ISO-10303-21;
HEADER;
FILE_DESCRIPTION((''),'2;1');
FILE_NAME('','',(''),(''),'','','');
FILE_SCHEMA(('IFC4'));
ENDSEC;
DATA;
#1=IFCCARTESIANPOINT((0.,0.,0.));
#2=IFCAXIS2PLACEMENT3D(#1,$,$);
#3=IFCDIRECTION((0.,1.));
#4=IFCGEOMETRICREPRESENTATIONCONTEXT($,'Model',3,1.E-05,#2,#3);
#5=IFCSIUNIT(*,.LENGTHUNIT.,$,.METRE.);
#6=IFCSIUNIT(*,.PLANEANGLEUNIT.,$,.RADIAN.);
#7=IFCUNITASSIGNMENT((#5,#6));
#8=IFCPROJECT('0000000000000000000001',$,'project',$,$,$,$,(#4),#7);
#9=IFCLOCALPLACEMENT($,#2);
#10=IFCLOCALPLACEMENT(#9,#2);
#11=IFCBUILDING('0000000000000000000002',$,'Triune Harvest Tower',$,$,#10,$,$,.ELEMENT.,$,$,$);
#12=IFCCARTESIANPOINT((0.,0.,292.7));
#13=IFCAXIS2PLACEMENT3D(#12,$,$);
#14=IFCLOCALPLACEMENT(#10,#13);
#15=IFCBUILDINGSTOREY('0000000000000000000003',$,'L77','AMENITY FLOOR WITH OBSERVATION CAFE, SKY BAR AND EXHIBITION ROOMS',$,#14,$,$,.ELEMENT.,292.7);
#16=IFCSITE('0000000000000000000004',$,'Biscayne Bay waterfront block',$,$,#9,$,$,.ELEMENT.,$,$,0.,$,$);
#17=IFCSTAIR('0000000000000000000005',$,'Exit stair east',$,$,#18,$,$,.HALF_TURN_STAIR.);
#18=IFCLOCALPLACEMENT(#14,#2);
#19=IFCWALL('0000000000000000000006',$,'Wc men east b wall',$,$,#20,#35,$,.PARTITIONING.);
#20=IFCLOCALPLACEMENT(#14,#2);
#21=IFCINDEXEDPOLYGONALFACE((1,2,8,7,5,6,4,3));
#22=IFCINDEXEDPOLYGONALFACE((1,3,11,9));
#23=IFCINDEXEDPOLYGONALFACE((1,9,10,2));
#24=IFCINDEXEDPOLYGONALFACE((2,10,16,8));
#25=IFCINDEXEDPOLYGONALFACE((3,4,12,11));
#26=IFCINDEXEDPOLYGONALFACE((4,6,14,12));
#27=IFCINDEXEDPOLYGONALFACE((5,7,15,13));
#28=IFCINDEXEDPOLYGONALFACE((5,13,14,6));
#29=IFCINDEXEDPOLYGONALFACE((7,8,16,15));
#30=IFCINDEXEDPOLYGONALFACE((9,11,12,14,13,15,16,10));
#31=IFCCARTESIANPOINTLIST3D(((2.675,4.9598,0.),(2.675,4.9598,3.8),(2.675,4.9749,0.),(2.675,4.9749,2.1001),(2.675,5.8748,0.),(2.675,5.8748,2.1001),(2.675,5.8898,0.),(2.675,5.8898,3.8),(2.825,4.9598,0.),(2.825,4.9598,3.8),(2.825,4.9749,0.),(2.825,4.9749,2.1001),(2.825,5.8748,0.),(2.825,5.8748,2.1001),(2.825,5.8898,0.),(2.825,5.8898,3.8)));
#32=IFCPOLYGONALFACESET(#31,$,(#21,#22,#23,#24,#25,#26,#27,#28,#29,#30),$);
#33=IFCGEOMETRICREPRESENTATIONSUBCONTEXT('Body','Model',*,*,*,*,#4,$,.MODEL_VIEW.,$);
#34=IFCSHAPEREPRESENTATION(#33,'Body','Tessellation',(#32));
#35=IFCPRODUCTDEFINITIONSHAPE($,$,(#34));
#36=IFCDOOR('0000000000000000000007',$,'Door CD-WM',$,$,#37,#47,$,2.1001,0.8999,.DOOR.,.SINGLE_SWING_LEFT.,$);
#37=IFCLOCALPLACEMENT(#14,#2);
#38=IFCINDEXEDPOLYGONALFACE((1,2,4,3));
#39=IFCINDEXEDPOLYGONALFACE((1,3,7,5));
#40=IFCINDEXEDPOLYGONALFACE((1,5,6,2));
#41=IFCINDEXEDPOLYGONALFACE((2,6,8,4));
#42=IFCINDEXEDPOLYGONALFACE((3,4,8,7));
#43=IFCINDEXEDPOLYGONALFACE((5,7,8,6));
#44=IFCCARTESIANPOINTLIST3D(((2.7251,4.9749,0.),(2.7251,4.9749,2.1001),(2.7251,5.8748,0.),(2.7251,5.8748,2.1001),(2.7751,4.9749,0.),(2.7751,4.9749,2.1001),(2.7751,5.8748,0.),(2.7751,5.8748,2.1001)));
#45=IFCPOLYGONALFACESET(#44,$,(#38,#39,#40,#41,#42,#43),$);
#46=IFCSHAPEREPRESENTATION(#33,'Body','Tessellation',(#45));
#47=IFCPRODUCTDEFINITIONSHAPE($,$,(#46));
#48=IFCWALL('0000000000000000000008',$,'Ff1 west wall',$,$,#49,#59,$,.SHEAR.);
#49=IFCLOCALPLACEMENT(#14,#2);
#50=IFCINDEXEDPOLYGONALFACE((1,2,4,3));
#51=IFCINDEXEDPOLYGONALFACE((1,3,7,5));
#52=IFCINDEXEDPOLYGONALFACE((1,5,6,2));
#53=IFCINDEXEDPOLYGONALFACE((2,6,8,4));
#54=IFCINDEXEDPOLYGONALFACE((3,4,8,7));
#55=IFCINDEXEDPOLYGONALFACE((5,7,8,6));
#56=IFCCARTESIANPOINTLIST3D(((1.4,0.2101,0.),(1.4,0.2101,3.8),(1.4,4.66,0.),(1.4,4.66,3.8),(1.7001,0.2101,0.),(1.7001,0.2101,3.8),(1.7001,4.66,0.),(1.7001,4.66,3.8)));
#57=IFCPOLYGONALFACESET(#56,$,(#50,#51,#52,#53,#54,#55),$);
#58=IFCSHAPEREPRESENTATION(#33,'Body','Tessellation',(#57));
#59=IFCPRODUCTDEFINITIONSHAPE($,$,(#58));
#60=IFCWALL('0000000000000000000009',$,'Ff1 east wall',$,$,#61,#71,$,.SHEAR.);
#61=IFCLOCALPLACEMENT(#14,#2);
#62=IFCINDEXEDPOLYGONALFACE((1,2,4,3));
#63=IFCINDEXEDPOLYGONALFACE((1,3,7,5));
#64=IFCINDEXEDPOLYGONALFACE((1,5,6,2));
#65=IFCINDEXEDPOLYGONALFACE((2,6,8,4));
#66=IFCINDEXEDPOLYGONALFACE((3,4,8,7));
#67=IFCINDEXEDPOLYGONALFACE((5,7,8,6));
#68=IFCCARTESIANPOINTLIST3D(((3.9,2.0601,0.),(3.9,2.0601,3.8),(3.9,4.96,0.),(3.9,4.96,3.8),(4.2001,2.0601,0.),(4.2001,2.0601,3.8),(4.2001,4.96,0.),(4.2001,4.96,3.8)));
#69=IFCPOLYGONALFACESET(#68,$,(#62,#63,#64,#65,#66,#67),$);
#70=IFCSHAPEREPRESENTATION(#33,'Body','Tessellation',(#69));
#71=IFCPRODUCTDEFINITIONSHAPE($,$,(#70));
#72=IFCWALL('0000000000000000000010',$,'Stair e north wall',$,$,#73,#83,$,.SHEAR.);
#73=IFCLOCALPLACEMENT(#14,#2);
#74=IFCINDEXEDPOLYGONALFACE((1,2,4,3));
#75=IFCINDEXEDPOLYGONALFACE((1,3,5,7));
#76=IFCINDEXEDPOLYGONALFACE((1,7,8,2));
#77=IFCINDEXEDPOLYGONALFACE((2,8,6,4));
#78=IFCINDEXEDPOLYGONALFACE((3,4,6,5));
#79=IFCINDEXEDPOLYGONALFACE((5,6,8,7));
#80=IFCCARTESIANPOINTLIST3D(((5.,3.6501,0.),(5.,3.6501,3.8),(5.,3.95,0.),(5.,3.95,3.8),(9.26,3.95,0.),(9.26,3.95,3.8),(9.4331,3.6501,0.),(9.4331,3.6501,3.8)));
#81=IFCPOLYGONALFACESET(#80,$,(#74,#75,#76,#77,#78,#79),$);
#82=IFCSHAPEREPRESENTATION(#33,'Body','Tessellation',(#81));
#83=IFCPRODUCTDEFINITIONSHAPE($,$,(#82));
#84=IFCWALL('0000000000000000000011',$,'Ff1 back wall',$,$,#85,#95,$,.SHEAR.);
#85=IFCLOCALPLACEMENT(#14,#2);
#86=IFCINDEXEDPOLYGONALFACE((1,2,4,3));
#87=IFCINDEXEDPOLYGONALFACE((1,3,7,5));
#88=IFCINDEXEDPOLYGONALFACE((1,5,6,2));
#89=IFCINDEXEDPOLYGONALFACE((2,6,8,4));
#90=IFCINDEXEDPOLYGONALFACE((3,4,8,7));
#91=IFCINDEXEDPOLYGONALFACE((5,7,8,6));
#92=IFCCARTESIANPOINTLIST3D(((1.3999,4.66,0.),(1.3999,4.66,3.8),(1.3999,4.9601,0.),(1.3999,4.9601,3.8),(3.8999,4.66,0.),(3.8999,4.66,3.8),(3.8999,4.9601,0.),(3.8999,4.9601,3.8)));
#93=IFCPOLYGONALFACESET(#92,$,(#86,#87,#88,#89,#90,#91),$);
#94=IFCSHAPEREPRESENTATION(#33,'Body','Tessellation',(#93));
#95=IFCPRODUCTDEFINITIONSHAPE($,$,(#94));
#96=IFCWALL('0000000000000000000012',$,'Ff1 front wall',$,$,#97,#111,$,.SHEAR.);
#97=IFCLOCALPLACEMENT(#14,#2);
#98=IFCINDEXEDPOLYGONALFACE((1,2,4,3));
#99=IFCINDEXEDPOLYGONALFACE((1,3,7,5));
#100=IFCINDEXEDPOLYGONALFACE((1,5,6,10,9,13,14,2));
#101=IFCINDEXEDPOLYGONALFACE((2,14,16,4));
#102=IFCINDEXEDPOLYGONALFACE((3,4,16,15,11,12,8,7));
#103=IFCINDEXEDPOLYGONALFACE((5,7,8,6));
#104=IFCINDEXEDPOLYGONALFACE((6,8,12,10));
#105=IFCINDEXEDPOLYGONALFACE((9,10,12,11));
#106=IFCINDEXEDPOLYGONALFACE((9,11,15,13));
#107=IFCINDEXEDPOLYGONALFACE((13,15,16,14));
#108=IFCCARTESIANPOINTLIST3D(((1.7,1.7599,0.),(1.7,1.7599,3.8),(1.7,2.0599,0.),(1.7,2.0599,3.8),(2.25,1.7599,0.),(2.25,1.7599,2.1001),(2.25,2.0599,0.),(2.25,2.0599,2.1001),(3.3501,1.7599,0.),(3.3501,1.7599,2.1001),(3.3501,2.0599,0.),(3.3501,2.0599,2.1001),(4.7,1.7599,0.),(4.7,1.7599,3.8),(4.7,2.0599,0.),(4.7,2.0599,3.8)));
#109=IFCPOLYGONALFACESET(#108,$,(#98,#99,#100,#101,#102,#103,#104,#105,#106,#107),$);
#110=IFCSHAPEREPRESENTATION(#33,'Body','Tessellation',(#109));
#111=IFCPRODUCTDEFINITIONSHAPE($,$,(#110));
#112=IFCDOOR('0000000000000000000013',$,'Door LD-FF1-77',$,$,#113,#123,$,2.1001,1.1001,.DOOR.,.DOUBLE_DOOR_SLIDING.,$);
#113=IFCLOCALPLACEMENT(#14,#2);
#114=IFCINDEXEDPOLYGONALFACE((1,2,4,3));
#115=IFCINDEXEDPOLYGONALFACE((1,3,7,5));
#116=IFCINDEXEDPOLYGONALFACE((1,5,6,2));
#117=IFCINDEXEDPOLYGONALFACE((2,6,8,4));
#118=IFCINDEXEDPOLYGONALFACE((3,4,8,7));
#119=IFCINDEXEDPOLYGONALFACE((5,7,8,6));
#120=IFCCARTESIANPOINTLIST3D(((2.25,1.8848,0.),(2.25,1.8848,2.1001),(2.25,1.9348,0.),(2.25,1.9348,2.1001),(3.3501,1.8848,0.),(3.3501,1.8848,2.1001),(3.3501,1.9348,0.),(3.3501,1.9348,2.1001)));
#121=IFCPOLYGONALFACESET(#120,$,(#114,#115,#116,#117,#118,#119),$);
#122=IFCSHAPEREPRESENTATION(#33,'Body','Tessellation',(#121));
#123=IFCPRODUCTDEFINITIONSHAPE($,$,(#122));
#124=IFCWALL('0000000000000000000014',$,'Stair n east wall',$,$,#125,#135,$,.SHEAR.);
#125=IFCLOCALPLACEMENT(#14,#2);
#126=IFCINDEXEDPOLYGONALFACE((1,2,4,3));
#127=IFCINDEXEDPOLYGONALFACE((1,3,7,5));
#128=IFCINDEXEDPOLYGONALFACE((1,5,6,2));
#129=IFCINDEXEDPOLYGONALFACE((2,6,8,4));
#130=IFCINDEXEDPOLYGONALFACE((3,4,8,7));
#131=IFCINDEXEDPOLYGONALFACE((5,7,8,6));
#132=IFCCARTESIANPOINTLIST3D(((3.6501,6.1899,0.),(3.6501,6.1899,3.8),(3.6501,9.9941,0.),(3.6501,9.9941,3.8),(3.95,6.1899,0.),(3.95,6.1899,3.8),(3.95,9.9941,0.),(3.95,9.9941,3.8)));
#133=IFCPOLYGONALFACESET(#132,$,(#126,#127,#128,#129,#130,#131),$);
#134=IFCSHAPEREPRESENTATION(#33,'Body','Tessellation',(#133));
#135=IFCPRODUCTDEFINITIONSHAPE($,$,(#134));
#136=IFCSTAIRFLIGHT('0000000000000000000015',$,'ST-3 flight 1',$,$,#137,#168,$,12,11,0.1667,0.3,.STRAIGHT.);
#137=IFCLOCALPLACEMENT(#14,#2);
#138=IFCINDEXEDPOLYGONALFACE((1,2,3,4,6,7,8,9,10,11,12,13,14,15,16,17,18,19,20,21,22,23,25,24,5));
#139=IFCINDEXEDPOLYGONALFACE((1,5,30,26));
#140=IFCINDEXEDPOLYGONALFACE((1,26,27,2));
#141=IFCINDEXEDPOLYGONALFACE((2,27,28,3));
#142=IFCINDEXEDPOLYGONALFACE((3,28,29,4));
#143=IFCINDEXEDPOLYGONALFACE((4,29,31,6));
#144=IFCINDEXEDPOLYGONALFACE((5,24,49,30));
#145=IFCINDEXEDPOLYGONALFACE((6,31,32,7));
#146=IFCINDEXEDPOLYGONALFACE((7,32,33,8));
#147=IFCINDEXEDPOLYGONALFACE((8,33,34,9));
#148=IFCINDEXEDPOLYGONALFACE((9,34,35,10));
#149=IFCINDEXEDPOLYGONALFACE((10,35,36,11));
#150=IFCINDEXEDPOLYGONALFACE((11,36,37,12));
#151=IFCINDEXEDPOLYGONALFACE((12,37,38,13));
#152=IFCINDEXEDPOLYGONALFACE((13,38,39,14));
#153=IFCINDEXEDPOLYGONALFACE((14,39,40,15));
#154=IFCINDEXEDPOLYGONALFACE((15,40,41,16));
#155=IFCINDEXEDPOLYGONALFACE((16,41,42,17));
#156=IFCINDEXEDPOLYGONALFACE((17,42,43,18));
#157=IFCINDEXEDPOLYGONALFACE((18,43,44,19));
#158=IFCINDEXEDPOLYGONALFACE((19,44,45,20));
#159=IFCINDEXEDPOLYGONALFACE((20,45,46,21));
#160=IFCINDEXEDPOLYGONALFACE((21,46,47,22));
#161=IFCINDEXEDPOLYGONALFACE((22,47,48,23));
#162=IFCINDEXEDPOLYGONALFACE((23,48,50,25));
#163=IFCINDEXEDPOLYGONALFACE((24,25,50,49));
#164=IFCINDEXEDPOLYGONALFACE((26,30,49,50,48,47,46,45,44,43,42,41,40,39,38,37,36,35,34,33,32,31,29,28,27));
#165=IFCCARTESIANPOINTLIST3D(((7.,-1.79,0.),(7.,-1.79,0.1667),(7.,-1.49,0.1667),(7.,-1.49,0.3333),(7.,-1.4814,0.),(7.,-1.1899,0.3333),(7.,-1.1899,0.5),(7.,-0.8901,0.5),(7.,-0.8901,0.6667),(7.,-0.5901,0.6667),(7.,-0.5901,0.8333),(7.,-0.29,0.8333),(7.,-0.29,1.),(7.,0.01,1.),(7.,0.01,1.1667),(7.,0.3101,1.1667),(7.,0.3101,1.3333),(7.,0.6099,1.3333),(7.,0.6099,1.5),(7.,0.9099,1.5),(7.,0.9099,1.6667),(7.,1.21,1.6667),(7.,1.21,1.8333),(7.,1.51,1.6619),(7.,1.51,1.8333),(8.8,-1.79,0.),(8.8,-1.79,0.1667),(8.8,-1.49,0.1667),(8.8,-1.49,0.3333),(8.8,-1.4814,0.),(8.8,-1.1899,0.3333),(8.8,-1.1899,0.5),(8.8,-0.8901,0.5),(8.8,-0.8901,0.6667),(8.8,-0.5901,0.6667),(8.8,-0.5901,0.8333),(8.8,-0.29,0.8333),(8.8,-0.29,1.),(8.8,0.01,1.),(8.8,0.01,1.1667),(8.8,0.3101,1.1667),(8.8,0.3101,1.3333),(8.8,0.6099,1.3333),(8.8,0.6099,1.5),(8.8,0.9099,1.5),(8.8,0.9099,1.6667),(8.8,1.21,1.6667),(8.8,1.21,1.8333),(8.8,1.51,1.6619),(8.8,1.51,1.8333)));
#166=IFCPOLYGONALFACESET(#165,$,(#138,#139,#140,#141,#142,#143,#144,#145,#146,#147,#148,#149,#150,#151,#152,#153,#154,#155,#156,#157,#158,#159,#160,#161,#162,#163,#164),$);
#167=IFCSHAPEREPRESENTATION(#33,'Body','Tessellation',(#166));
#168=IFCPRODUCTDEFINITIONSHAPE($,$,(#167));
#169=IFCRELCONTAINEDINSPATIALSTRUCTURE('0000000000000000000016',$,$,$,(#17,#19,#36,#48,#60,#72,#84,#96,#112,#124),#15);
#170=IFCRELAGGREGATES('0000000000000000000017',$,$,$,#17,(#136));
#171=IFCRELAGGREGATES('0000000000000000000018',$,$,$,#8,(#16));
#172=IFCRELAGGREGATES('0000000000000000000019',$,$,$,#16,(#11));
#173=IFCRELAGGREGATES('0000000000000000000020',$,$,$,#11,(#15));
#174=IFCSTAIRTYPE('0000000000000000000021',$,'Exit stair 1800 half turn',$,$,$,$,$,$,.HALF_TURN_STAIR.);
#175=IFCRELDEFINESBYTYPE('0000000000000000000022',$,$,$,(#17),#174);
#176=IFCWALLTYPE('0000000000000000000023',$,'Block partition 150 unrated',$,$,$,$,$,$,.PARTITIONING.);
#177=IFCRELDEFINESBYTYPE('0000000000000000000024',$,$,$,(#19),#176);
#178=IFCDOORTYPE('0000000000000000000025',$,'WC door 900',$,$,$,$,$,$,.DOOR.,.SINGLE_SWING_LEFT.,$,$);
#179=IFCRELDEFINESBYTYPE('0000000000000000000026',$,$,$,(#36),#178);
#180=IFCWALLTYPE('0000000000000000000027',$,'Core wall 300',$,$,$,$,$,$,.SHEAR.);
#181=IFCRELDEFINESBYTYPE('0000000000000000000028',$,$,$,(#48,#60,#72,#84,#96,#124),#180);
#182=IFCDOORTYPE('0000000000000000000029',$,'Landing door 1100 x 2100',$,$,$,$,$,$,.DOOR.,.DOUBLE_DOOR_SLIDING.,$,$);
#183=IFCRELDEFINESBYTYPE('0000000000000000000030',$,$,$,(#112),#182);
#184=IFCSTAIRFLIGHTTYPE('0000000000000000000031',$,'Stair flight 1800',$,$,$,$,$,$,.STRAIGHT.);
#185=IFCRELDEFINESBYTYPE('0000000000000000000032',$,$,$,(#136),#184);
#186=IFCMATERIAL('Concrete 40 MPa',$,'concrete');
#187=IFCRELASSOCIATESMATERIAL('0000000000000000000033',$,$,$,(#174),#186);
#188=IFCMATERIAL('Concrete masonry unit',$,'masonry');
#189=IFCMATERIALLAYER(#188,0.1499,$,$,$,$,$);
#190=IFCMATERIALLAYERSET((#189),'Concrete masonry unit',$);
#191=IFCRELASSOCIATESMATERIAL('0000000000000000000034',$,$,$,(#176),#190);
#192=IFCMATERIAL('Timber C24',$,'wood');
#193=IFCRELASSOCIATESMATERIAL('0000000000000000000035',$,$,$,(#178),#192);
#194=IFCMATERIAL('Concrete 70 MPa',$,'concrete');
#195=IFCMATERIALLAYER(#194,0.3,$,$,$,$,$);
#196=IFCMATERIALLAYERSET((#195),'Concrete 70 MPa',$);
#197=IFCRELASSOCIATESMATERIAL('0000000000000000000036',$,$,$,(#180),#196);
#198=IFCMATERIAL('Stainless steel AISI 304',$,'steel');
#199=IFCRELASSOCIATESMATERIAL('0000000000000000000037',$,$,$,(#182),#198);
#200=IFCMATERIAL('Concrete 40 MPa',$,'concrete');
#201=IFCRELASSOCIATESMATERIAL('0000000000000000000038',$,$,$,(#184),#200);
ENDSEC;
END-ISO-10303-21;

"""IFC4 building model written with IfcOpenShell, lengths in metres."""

from ifc_helpers import new_model, si_unit, direction, frame, frame_2d, origin, place, context, subcontext, project, spatial, polyline, rectangle, outline, extrude, source, transform, mapped, material, layer, layer_set, type_object, element, fill, aggregate, save


model = new_model("IFC4")

# Units and contexts
model_context = context("Model", 3, precision=1e-05, world=origin(), true_north=direction((0.0, 1.0)))
body_context = subcontext(model_context, "Body", "Model", "MODEL_VIEW")
ifc_project = project(units=[si_unit("LENGTHUNIT", "METRE"), si_unit("PLANEANGLEUNIT", "RADIAN")], contexts=[model_context])

# Site, building, storey
site_placement = place(None, origin())
site = spatial("IfcSite", under=ifc_project, at=site_placement, Name="Biscayne Bay waterfront block", CompositionType="ELEMENT", RefElevation=0.0)
building_placement = place(site_placement, origin())
building = spatial("IfcBuilding", under=site, at=building_placement, Name="Triune Harvest Tower", CompositionType="ELEMENT")
storey_placement = place(building_placement, frame((0.0, 0.0, 292.7)))
storey = spatial("IfcBuildingStorey", under=building, at=storey_placement, Name="L77", Description="AMENITY FLOOR WITH OBSERVATION CAFE, SKY BAR AND EXHIBITION ROOMS", CompositionType="ELEMENT", Elevation=292.7)

# Stair
ifc_material_1 = material(Name="Concrete 40 MPa", Category="concrete")
stair_type = type_object("IfcStairType", Name="Exit stair 1800 half turn", PredefinedType="HALF_TURN_STAIR", material=ifc_material_1)
stair_1_placement = place(storey_placement, origin())
stair_1 = element("IfcStair", 1, at=stair_1_placement, inside=storey, type_object=stair_type, Name="Exit stair east", PredefinedType="HALF_TURN_STAIR")

# Wall, opening, door
ifc_material_2 = material(Name="Concrete masonry unit", Category="masonry")
ifc_layer_1 = layer(ifc_material_2, 0.1499)
ifc_layer_set_1 = layer_set([ifc_layer_1], Name="Concrete masonry unit")
wall_type_1 = type_object("IfcWallType", Name="Block partition 150 unrated", PredefinedType="PARTITIONING", material=ifc_layer_set_1)
wall_1_placement = place(storey_placement, frame((2.75, 4.96, 0.0), z_axis=(0.0, 0.0, 1.0), x_axis=(0.0, 1.0, 0.0)))
wall_1 = element("IfcWall", 2, at=wall_1_placement, inside=storey, type_object=wall_type_1, Name="Wc men east b wall", PredefinedType="PARTITIONING", context=body_context, shape_type="SweptSolid", body=[
    extrude(rectangle(XDim=0.9299, YDim=0.1499, at=frame_2d((0.4648, 0.0))), origin(), (0.0, 0.0, 1.0), 3.8),
])
opening_1_placement = place(wall_1_placement, frame((0.0149, 0.0, 0.0)))
opening_1 = element("IfcOpeningElement", 3, at=opening_1_placement, cuts=wall_1, PredefinedType="OPENING", context=body_context, shape_type="SweptSolid", body=[
    extrude(rectangle(XDim=0.8999, YDim=2.1001, at=frame_2d((0.45, 1.05))), frame((0.0, 0.085, 0.0), z_axis=(0.0, -1.0, 0.0), x_axis=(1.0, 0.0, 0.0)), (0.0, 0.0, 1.0), 0.1699),
])
ifc_material_3 = material(Name="Timber C24", Category="wood")
door_type_1 = type_object("IfcDoorType", Name="WC door 900", OperationType="SINGLE_SWING_LEFT", PredefinedType="DOOR", material=ifc_material_3)
door_1_placement = place(opening_1_placement, origin())
door_1 = element("IfcDoor", 4, at=door_1_placement, inside=storey, type_object=door_type_1, Name="Door CD-WM", OperationType="SINGLE_SWING_LEFT", OverallHeight=2.1001, OverallWidth=0.8999, PredefinedType="DOOR", context=body_context, shape_type="SweptSolid", body=[
    extrude(rectangle(XDim=0.8999, YDim=2.1001, at=frame_2d((0.45, 1.05))), frame((0.0, 0.0249, 0.0), z_axis=(0.0, -1.0, 0.0), x_axis=(1.0, 0.0, 0.0)), (0.0, 0.0, 1.0), 0.05),
])
fill(opening_1, door_1)

# Walls
ifc_material_4 = material(Name="Concrete 70 MPa", Category="concrete")
ifc_layer_2 = layer(ifc_material_4, 0.3)
ifc_layer_set_2 = layer_set([ifc_layer_2], Name="Concrete 70 MPa")
wall_type_2 = type_object("IfcWallType", Name="Core wall 300", PredefinedType="SHEAR", material=ifc_layer_set_2)
wall_2_placement = place(storey_placement, frame((1.55, 0.21, 0.0), z_axis=(0.0, 0.0, 1.0), x_axis=(0.0, 1.0, 0.0)))
element("IfcWall", 5, at=wall_2_placement, inside=storey, type_object=wall_type_2, Name="Ff1 west wall", PredefinedType="SHEAR", context=body_context, shape_type="SweptSolid", body=[
    extrude(rectangle(XDim=4.45, YDim=0.3, at=frame_2d((2.2251, 0.0))), origin(), (0.0, 0.0, 1.0), 3.8),
])
wall_3_placement = place(storey_placement, frame((4.05, 2.0601, 0.0), z_axis=(0.0, 0.0, 1.0), x_axis=(0.0, 1.0, 0.0)))
element("IfcWall", 6, at=wall_3_placement, inside=storey, type_object=wall_type_2, Name="Ff1 east wall", PredefinedType="SHEAR", context=body_context, shape_type="SweptSolid", body=[
    extrude(rectangle(XDim=2.8999, YDim=0.3, at=frame_2d((1.45, 0.0))), origin(), (0.0, 0.0, 1.0), 3.8),
])
wall_4_placement = place(storey_placement, frame((5.0, 3.8, 0.0), z_axis=(0.0, 0.0, 1.0), x_axis=(1.0, 0.0, 0.0)))
element("IfcWall", 7, at=wall_4_placement, inside=storey, type_object=wall_type_2, Name="Stair e north wall", PredefinedType="SHEAR", context=body_context, shape_type="SweptSolid", body=[
    extrude(outline(polyline([(0.0, -0.1499), (0.0, 0.1499), (4.26, 0.1499), (4.4331, -0.1499), (0.0, -0.1499)])), origin(), (0.0, 0.0, 1.0), 3.8),
])
shared_shape_1 = source(origin(), body_context, "Body", "SweptSolid", [
    extrude(rectangle(XDim=2.5, YDim=0.3, at=frame_2d((1.25, 0.0))), origin(), (0.0, 0.0, 1.0), 3.8),
])
wall_5_placement = place(storey_placement, frame((1.3999, 4.8101, 0.0), z_axis=(0.0, 0.0, 1.0), x_axis=(1.0, 0.0, 0.0)))
element("IfcWall", 8, at=wall_5_placement, inside=storey, type_object=wall_type_2, Name="Ff1 back wall", PredefinedType="SHEAR", context=body_context, shape_type="MappedRepresentation", body=[
    mapped(shared_shape_1, transform((0.0, 0.0, 0.0), scale=1.0)),
])

# Wall, opening, door
shared_shape_2 = source(origin(), body_context, "Body", "SweptSolid", [
    extrude(rectangle(XDim=3.0, YDim=0.3, at=frame_2d((1.5, 0.0))), origin(), (0.0, 0.0, 1.0), 3.8),
])
wall_6_placement = place(storey_placement, frame((1.7, 1.9099, 0.0), z_axis=(0.0, 0.0, 1.0), x_axis=(1.0, 0.0, 0.0)))
wall_6 = element("IfcWall", 9, at=wall_6_placement, inside=storey, type_object=wall_type_2, Name="Ff1 front wall", PredefinedType="SHEAR", context=body_context, shape_type="MappedRepresentation", body=[
    mapped(shared_shape_2, transform((0.0, 0.0, 0.0), scale=1.0)),
])
opening_2_placement = place(wall_6_placement, frame((0.55, 0.0, 0.0)))
opening_2 = element("IfcOpeningElement", 10, at=opening_2_placement, cuts=wall_6, PredefinedType="OPENING", context=body_context, shape_type="SweptSolid", body=[
    extrude(rectangle(XDim=1.1001, YDim=2.1001, at=frame_2d((0.55, 1.05))), frame((0.0, 0.1602, 0.0), z_axis=(0.0, -1.0, 0.0), x_axis=(1.0, 0.0, 0.0)), (0.0, 0.0, 1.0), 0.3201),
])
ifc_material_5 = material(Name="Stainless steel AISI 304", Category="steel")
door_type_2 = type_object("IfcDoorType", Name="Landing door 1100 x 2100", OperationType="DOUBLE_DOOR_SLIDING", PredefinedType="DOOR", material=ifc_material_5)
door_2_placement = place(opening_2_placement, origin())
door_2 = element("IfcDoor", 11, at=door_2_placement, inside=storey, type_object=door_type_2, Name="Door LD-FF1-77", OperationType="DOUBLE_DOOR_SLIDING", OverallHeight=2.1001, OverallWidth=1.1001, PredefinedType="DOOR", context=body_context, shape_type="SweptSolid", body=[
    extrude(rectangle(XDim=1.1001, YDim=2.1001, at=frame_2d((0.55, 1.05))), frame((0.0, 0.0249, 0.0), z_axis=(0.0, -1.0, 0.0), x_axis=(1.0, 0.0, 0.0)), (0.0, 0.0, 1.0), 0.05),
])
fill(opening_2, door_2)

# Wall
shared_shape_3 = source(origin(), body_context, "Body", "SweptSolid", [
    extrude(outline(polyline([(0.0, -0.1499), (0.0, 0.1499), (3.8042, 0.1499), (3.8042, -0.1499), (0.0, -0.1499)])), origin(), (0.0, 0.0, 1.0), 3.8),
])
wall_7_placement = place(storey_placement, frame((3.8, 6.1899, 0.0), z_axis=(0.0, 0.0, 1.0), x_axis=(0.0, 1.0, 0.0)))
element("IfcWall", 12, at=wall_7_placement, inside=storey, type_object=wall_type_2, Name="Stair n east wall", PredefinedType="SHEAR", context=body_context, shape_type="MappedRepresentation", body=[
    mapped(shared_shape_3, transform((0.0, 0.0, 0.0), scale=1.0)),
])

# Stair flight
ifc_material_6 = material(Name="Concrete 40 MPa", Category="concrete")
stair_flight_type = type_object("IfcStairFlightType", Name="Stair flight 1800", PredefinedType="STRAIGHT", material=ifc_material_6)
shared_shape_4 = source(origin(), body_context, "Body", "SweptSolid", [
    extrude(outline(polyline([(0.0, 0.0), (0.0, 0.1667), (0.3, 0.1667), (0.3, 0.3333), (0.6001, 0.3333), (0.6001, 0.5), (0.8999, 0.5), (0.8999, 0.6667), (1.2, 0.6667), (1.2, 0.8333), (1.5, 0.8333), (1.5, 1.0), (1.8, 1.0), (1.8, 1.1667), (2.1001, 1.1667), (2.1001, 1.3333), (2.3999, 1.3333), (2.3999, 1.5), (2.7, 1.5), (2.7, 1.6667), (3.0, 1.6667), (3.0, 1.8333), (3.3, 1.8333), (3.3, 2.0), (3.3, 1.6619), (0.3086, 0.0), (0.0, 0.0)])), frame((0.0, 0.8999, 0.0), z_axis=(0.0, -1.0, 0.0), x_axis=(1.0, 0.0, 0.0)), (0.0, 0.0, 1.0), 1.8),
])
stair_flight_1_placement = place(storey_placement, frame((7.8999, -1.79, 0.0), z_axis=(0.0, 0.0, 1.0), x_axis=(0.0, 1.0, 0.0)))
stair_flight_1 = element("IfcStairFlight", 13, at=stair_flight_1_placement, type_object=stair_flight_type, Name="ST-3 flight 1", NumberOfRisers=12, NumberOfTreads=11, PredefinedType="STRAIGHT", RiserHeight=0.1667, TreadLength=0.3, context=body_context, shape_type="MappedRepresentation", body=[
    mapped(shared_shape_4, transform((0.0, 0.0, 0.0), scale=1.0)),
])
aggregate(stair_1, [stair_flight_1])

save(model, "model.ifc")
